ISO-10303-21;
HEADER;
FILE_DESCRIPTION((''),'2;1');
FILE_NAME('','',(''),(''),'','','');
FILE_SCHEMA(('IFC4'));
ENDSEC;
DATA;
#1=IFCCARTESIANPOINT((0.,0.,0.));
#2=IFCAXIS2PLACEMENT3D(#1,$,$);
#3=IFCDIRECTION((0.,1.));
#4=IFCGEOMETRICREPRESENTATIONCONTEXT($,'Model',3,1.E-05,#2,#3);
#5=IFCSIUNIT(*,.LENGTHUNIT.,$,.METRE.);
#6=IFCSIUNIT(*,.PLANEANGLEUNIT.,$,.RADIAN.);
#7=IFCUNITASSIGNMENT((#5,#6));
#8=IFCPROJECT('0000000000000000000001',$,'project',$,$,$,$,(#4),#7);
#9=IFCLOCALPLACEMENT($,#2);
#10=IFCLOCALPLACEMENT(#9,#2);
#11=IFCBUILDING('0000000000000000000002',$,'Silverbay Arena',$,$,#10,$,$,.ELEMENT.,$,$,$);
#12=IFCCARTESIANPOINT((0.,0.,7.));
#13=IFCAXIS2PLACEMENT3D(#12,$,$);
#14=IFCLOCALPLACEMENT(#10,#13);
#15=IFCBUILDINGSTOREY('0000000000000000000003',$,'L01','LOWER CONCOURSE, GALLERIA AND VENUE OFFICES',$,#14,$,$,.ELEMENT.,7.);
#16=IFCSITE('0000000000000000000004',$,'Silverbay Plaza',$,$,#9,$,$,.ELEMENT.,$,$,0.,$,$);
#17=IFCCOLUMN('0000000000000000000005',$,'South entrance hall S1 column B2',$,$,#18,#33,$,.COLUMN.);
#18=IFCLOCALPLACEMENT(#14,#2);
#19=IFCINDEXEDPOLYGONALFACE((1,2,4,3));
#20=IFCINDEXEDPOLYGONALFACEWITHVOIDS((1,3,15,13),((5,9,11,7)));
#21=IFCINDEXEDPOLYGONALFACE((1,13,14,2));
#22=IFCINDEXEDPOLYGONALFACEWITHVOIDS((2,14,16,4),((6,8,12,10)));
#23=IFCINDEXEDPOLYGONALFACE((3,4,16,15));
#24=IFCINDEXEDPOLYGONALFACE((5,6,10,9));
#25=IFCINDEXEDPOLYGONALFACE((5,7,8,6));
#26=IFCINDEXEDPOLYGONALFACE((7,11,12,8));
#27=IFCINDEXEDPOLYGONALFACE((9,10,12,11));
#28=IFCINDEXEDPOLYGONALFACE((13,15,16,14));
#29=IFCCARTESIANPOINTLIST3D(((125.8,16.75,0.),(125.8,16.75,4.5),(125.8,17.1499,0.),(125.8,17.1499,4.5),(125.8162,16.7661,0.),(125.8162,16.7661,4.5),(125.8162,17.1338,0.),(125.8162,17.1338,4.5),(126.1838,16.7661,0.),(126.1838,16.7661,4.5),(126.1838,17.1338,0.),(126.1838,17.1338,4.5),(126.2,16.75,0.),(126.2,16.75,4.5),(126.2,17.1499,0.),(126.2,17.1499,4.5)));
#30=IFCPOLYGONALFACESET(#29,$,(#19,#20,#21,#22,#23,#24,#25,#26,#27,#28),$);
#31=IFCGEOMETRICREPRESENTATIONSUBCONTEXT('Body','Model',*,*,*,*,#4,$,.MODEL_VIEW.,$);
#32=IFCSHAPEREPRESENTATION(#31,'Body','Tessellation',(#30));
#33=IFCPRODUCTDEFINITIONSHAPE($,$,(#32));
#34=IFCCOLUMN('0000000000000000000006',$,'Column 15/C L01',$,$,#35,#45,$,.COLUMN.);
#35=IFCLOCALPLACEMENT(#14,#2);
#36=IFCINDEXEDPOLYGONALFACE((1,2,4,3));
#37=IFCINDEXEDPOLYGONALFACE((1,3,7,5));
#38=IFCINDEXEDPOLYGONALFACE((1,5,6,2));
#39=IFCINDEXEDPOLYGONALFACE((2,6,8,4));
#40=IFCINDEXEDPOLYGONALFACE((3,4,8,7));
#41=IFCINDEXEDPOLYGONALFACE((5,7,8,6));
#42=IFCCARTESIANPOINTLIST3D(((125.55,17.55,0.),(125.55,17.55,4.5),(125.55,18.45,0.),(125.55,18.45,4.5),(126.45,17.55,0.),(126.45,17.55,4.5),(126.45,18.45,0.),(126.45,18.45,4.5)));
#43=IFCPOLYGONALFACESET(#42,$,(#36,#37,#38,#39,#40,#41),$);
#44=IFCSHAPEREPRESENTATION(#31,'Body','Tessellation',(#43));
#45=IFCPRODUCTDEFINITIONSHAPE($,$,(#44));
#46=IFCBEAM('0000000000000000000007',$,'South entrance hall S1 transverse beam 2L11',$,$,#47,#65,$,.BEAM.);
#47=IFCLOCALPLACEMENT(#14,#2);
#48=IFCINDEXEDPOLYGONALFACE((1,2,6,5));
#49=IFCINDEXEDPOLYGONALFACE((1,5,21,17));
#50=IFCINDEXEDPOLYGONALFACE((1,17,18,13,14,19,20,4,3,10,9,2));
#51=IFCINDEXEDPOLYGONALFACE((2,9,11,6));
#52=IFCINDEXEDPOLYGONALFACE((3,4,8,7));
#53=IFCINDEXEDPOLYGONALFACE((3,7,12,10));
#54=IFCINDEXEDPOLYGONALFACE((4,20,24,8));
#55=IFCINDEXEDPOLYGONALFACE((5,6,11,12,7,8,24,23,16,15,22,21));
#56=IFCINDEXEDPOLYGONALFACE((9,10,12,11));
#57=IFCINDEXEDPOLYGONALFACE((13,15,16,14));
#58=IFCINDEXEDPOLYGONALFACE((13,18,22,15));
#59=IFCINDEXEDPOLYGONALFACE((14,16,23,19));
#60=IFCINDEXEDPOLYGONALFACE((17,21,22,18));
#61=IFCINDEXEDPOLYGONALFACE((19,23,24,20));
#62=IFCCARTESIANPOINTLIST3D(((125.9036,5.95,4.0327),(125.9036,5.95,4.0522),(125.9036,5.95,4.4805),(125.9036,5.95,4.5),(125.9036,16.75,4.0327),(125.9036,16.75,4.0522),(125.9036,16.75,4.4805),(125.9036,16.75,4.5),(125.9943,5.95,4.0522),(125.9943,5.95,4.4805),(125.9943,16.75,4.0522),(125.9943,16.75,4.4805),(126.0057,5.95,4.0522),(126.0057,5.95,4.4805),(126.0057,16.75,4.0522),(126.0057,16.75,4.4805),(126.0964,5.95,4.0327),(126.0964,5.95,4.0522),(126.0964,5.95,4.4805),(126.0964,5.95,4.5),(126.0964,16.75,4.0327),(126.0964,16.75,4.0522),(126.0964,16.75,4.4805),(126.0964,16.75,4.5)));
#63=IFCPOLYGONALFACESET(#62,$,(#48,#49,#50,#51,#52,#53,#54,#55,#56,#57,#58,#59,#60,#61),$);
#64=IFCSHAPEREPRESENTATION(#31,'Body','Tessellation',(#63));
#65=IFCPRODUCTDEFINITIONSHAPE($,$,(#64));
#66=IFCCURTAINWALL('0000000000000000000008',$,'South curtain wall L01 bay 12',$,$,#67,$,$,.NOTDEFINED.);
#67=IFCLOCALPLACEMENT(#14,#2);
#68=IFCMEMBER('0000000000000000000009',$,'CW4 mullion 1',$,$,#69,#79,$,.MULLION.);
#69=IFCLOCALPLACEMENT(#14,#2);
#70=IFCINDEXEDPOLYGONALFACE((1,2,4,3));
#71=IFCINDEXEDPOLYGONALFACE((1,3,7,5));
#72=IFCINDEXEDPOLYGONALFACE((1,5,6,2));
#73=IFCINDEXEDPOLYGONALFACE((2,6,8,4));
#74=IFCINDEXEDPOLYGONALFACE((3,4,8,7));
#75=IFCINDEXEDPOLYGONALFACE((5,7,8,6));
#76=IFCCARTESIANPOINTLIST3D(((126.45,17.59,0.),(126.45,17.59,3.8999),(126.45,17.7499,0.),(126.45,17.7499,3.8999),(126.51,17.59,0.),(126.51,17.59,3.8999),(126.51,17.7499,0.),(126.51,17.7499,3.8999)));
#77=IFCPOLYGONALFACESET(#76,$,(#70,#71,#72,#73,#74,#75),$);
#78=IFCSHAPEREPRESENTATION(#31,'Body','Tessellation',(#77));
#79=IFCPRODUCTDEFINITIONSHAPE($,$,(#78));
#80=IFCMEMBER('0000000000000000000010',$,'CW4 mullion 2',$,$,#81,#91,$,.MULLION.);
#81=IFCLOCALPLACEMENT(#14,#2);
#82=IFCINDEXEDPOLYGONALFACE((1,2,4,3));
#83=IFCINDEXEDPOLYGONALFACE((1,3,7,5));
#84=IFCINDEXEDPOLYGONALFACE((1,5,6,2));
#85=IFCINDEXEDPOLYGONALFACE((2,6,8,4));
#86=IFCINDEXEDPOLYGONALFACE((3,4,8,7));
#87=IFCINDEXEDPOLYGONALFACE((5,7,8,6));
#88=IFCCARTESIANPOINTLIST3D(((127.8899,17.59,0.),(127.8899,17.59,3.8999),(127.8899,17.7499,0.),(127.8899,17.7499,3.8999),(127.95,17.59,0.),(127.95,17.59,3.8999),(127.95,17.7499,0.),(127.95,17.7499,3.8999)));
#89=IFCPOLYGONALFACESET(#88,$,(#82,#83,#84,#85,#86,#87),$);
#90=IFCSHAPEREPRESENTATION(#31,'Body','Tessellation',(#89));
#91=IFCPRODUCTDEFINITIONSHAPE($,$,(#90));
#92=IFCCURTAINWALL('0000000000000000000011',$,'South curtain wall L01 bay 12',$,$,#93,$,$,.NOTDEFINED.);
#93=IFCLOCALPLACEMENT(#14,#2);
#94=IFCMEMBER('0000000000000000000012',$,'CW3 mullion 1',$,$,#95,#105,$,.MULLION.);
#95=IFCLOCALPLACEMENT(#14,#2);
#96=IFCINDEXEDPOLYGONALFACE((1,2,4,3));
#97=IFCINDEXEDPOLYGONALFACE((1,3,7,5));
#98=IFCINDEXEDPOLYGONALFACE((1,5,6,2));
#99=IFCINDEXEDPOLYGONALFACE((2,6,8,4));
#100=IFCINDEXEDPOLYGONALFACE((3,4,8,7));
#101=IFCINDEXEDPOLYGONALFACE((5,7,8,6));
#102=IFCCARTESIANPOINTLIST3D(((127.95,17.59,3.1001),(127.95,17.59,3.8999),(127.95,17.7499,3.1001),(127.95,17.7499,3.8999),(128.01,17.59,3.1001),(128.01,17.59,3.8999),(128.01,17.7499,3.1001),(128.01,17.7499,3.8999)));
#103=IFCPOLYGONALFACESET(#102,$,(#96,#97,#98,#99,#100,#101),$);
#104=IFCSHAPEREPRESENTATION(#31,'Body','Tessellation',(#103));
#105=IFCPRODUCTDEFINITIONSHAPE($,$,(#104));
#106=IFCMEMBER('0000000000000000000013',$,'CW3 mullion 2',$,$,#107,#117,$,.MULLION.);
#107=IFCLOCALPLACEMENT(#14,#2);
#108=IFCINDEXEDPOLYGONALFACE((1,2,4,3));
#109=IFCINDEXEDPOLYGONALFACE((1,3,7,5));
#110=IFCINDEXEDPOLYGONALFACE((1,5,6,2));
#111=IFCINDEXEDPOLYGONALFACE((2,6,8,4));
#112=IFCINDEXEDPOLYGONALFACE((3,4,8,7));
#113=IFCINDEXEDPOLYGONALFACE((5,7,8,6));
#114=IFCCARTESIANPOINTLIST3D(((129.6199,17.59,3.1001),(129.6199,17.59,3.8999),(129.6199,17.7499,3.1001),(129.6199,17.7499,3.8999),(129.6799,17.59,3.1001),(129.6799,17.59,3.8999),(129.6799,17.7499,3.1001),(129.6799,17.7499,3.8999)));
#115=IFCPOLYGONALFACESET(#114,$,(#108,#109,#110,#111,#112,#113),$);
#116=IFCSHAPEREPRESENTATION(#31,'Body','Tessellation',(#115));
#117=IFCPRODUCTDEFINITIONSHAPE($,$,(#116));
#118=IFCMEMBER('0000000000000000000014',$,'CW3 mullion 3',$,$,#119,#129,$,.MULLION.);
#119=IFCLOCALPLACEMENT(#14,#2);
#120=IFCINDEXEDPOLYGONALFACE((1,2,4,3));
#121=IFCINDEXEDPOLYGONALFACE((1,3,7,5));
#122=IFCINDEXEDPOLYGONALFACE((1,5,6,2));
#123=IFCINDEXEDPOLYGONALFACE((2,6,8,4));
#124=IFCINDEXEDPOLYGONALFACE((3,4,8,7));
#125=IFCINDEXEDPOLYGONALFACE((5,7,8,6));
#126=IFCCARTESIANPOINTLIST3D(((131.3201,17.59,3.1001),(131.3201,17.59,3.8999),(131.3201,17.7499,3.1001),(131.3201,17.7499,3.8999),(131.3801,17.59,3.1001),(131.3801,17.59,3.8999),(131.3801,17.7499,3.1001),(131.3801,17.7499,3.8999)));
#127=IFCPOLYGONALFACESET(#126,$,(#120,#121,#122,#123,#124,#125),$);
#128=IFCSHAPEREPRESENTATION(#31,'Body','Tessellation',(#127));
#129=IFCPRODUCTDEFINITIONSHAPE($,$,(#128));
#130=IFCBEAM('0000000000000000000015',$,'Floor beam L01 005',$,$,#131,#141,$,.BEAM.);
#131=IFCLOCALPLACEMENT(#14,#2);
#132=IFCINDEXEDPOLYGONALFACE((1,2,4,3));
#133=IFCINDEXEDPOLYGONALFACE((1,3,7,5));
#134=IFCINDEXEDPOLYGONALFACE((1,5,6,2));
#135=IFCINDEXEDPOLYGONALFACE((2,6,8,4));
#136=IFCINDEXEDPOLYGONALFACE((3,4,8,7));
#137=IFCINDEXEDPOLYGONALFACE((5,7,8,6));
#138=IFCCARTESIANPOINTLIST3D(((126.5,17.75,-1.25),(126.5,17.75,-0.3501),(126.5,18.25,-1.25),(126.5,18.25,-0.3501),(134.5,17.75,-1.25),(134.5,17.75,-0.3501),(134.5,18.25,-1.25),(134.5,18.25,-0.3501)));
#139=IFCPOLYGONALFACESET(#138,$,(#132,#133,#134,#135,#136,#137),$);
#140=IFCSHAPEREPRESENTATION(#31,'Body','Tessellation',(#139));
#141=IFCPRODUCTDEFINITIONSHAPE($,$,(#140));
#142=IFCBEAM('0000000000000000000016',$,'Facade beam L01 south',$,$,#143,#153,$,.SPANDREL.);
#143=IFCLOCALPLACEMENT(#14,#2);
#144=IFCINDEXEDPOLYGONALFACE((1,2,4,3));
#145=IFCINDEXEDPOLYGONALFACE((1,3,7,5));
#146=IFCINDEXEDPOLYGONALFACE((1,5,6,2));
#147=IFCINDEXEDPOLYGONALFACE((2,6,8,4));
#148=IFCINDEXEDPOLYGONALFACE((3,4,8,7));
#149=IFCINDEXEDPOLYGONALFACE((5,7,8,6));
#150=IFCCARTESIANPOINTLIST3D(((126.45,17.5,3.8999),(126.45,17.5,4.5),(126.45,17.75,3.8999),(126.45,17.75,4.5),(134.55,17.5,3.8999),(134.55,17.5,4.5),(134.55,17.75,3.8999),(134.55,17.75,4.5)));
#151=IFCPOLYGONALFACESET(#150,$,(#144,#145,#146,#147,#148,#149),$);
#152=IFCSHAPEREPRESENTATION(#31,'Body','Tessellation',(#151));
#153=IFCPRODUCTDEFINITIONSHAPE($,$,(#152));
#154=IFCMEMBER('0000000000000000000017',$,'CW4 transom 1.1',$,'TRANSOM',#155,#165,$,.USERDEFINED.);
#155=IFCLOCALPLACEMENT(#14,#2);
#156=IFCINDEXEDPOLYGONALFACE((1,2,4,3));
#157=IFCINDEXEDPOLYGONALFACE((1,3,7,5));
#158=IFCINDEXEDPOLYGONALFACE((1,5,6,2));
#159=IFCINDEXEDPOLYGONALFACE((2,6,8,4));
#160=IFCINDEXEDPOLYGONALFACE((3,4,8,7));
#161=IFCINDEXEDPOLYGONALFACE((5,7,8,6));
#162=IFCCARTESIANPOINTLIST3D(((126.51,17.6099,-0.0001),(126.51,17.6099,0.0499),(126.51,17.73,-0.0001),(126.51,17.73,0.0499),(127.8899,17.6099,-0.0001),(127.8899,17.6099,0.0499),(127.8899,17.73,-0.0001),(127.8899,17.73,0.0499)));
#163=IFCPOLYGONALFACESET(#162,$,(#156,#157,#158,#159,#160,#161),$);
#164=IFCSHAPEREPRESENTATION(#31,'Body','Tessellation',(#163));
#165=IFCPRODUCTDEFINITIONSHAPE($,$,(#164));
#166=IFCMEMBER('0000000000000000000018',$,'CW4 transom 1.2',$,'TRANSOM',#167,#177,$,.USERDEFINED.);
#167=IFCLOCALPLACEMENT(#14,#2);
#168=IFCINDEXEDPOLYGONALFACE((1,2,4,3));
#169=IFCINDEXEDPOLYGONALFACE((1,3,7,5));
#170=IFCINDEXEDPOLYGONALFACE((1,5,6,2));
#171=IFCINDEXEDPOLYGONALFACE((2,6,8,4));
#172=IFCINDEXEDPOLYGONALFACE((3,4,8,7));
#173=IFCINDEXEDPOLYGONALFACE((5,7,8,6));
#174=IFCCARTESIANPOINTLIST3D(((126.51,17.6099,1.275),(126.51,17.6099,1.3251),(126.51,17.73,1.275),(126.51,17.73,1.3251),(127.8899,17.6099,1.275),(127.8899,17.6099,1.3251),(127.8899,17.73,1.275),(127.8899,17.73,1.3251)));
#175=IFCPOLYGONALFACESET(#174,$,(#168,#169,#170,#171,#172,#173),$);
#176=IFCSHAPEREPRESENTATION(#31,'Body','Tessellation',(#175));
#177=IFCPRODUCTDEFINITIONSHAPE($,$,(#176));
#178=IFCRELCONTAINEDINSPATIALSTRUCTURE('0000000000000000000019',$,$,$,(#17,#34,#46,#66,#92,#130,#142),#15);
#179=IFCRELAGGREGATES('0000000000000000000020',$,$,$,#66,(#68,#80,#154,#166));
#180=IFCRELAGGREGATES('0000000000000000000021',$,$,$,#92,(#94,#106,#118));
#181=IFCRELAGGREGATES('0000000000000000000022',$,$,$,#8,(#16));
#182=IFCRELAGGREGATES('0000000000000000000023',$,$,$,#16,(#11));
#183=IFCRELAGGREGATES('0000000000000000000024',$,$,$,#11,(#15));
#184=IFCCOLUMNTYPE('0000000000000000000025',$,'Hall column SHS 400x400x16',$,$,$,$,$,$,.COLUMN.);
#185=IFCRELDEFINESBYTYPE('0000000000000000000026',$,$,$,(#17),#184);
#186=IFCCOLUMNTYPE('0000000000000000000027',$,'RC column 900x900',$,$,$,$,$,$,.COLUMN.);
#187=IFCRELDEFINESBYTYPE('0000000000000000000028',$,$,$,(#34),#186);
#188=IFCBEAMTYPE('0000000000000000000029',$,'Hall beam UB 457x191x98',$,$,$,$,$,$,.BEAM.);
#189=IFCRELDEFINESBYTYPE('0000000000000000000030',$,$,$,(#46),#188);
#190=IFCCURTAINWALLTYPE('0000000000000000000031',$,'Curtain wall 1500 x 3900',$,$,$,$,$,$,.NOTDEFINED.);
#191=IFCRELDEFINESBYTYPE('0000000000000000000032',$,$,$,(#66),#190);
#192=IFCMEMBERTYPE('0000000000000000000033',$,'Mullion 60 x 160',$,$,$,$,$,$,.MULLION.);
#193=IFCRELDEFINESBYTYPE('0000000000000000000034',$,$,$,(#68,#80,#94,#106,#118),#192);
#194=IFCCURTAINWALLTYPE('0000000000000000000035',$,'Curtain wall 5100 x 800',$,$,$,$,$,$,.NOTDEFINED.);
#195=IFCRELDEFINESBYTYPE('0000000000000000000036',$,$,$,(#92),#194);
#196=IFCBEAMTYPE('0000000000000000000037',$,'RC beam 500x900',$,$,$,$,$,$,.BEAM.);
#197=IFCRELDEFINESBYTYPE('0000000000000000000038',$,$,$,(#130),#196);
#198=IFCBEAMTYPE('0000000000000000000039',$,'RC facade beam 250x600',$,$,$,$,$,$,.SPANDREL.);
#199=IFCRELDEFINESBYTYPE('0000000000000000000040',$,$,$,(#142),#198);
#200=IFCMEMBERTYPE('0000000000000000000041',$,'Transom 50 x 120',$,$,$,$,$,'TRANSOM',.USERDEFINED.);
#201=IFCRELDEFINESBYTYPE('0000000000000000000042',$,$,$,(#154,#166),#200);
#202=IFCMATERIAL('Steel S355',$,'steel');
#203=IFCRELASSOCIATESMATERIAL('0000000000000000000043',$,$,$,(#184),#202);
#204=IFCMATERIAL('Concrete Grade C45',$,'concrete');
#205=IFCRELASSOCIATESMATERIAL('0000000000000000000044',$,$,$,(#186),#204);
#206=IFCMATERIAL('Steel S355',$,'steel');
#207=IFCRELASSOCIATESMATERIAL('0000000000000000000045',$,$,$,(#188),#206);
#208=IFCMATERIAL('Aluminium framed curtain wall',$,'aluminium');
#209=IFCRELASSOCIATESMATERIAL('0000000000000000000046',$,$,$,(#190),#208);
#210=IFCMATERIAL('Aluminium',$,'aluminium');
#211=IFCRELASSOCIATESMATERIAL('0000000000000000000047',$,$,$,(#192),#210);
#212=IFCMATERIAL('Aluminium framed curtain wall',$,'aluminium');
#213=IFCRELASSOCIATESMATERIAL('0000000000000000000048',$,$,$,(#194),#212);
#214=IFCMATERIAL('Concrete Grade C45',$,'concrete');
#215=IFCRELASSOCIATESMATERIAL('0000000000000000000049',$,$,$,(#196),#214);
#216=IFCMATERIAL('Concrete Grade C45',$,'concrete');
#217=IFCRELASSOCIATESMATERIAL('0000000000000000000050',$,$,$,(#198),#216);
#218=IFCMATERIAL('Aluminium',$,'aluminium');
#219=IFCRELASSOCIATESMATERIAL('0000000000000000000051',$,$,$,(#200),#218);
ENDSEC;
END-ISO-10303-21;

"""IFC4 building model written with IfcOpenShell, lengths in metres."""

from ifc_helpers import new_model, si_unit, direction, frame, origin, origin_2d, place, context, subcontext, project, spatial, rectangle, hollow_rectangle, i_section, extrude, material, material_profile, profile_set, type_object, element, aggregate, save


model = new_model("IFC4")

# Units and contexts
model_context = context("Model", 3, precision=1e-05, world=origin(), true_north=direction((0.0, 1.0)))
body_context = subcontext(model_context, "Body", "Model", "MODEL_VIEW")
ifc_project = project(units=[si_unit("LENGTHUNIT", "METRE"), si_unit("PLANEANGLEUNIT", "RADIAN")], contexts=[model_context])

# Site, building, storey
site_placement = place(None, origin())
site = spatial("IfcSite", under=ifc_project, at=site_placement, Name="Silverbay Plaza", CompositionType="ELEMENT", RefElevation=0.0)
building_placement = place(site_placement, origin())
building = spatial("IfcBuilding", under=site, at=building_placement, Name="Silverbay Arena", CompositionType="ELEMENT")
storey_placement = place(building_placement, frame((0.0, 0.0, 7.0)))
storey = spatial("IfcBuildingStorey", under=building, at=storey_placement, Name="L01", Description="LOWER CONCOURSE, GALLERIA AND VENUE OFFICES", CompositionType="ELEMENT", Elevation=7.0)

# Columns
ifc_material_1 = material(Name="Steel S355", Category="steel")
ifc_material_profile_1 = material_profile(ifc_material_1, hollow_rectangle(XDim=0.3999, YDim=0.3999, WallThickness=0.0161, at=origin_2d()), Name="SHS 400x400x16")
ifc_profile_set_1 = profile_set([ifc_material_profile_1], Name="Steel S355")
column_type_1 = type_object("IfcColumnType", Name="Hall column SHS 400x400x16", PredefinedType="COLUMN", material=ifc_profile_set_1)
column_1_placement = place(storey_placement, frame((126.0, 16.95, 0.0), z_axis=(0.0, 0.0, 1.0), x_axis=(1.0, 0.0, 0.0)))
element("IfcColumn", 1, at=column_1_placement, inside=storey, type_object=column_type_1, Name="South entrance hall S1 column B2", PredefinedType="COLUMN", context=body_context, shape_type="SweptSolid", body=[
    extrude(hollow_rectangle(XDim=0.3999, YDim=0.3999, WallThickness=0.0161, at=origin_2d()), origin(), (0.0, 0.0, 1.0), 4.5),
])
ifc_material_2 = material(Name="Concrete Grade C45", Category="concrete")
ifc_material_profile_2 = material_profile(ifc_material_2, rectangle(XDim=0.8999, YDim=0.8999, at=origin_2d()), Name="RC 900x900")
ifc_profile_set_2 = profile_set([ifc_material_profile_2], Name="Concrete Grade C45")
column_type_2 = type_object("IfcColumnType", Name="RC column 900x900", PredefinedType="COLUMN", material=ifc_profile_set_2)
column_2_placement = place(storey_placement, frame((126.0, 18.0, 0.0), z_axis=(0.0, 0.0, 1.0), x_axis=(1.0, 0.0, 0.0)))
element("IfcColumn", 2, at=column_2_placement, inside=storey, type_object=column_type_2, Name="Column 15/C L01", PredefinedType="COLUMN", context=body_context, shape_type="SweptSolid", body=[
    extrude(rectangle(XDim=0.8999, YDim=0.8999, at=origin_2d()), origin(), (0.0, 0.0, 1.0), 4.5),
])

# Beam
ifc_material_3 = material(Name="Steel S355", Category="steel")
ifc_material_profile_3 = material_profile(ifc_material_3, i_section(OverallWidth=0.1929, OverallDepth=0.4673, WebThickness=0.0115, FlangeThickness=0.0195, at=origin_2d()), Name="UB 457x191x98")
ifc_profile_set_3 = profile_set([ifc_material_profile_3], Name="Steel S355")
beam_type_1 = type_object("IfcBeamType", Name="Hall beam UB 457x191x98", PredefinedType="BEAM", material=ifc_profile_set_3)
beam_1_placement = place(storey_placement, frame((126.0, 16.75, 4.2664), z_axis=(0.0, -1.0, 0.0), x_axis=(1.0, 0.0, 0.0)))
element("IfcBeam", 3, at=beam_1_placement, inside=storey, type_object=beam_type_1, Name="South entrance hall S1 transverse beam 2L11", PredefinedType="BEAM", context=body_context, shape_type="SweptSolid", body=[
    extrude(i_section(OverallWidth=0.1929, OverallDepth=0.4673, WebThickness=0.0115, FlangeThickness=0.0195, at=origin_2d()), origin(), (0.0, 0.0, 1.0), 10.8),
])

# Curtain walls, members
ifc_material_4 = material(Name="Aluminium framed curtain wall", Category="aluminium")
curtain_wall_type_1 = type_object("IfcCurtainWallType", Name="Curtain wall 1500 x 3900", PredefinedType="NOTDEFINED", material=ifc_material_4)
curtain_wall_1_placement = place(storey_placement, origin())
curtain_wall_1 = element("IfcCurtainWall", 4, at=curtain_wall_1_placement, inside=storey, type_object=curtain_wall_type_1, Name="South curtain wall L01 bay 12", PredefinedType="NOTDEFINED")
ifc_material_5 = material(Name="Aluminium", Category="aluminium")
ifc_material_profile_4 = material_profile(ifc_material_5, rectangle(XDim=0.1599, YDim=0.0601, at=origin_2d()), Name="Mullion 60 x 160")
ifc_profile_set_4 = profile_set([ifc_material_profile_4], Name="Aluminium")
member_type_1 = type_object("IfcMemberType", Name="Mullion 60 x 160", PredefinedType="MULLION", material=ifc_profile_set_4)
member_1_placement = place(storey_placement, frame((126.48, 17.6699, 0.0), z_axis=(0.0, 0.0, 1.0), x_axis=(0.0, 1.0, 0.0)))
member_1 = element("IfcMember", 5, at=member_1_placement, type_object=member_type_1, Name="CW4 mullion 1", PredefinedType="MULLION", context=body_context, shape_type="SweptSolid", body=[
    extrude(rectangle(XDim=0.1599, YDim=0.0601, at=origin_2d()), origin(), (0.0, 0.0, 1.0), 3.8999),
])
member_2_placement = place(storey_placement, frame((127.9199, 17.6699, 0.0), z_axis=(0.0, 0.0, 1.0), x_axis=(0.0, 1.0, 0.0)))
member_2 = element("IfcMember", 6, at=member_2_placement, type_object=member_type_1, Name="CW4 mullion 2", PredefinedType="MULLION", context=body_context, shape_type="SweptSolid", body=[
    extrude(rectangle(XDim=0.1599, YDim=0.0601, at=origin_2d()), origin(), (0.0, 0.0, 1.0), 3.8999),
])
ifc_material_6 = material(Name="Aluminium framed curtain wall", Category="aluminium")
curtain_wall_type_2 = type_object("IfcCurtainWallType", Name="Curtain wall 5100 x 800", PredefinedType="NOTDEFINED", material=ifc_material_6)
curtain_wall_2_placement = place(storey_placement, origin())
curtain_wall_2 = element("IfcCurtainWall", 7, at=curtain_wall_2_placement, inside=storey, type_object=curtain_wall_type_2, Name="South curtain wall L01 bay 12", PredefinedType="NOTDEFINED")
member_3_placement = place(storey_placement, frame((127.98, 17.6699, 3.1001), z_axis=(0.0, 0.0, 1.0), x_axis=(0.0, 1.0, 0.0)))
member_3 = element("IfcMember", 8, at=member_3_placement, type_object=member_type_1, Name="CW3 mullion 1", PredefinedType="MULLION", context=body_context, shape_type="SweptSolid", body=[
    extrude(rectangle(XDim=0.1599, YDim=0.0601, at=origin_2d()), origin(), (0.0, 0.0, 1.0), 0.7998),
])
member_4_placement = place(storey_placement, frame((129.6499, 17.6699, 3.1001), z_axis=(0.0, 0.0, 1.0), x_axis=(0.0, 1.0, 0.0)))
member_4 = element("IfcMember", 9, at=member_4_placement, type_object=member_type_1, Name="CW3 mullion 2", PredefinedType="MULLION", context=body_context, shape_type="SweptSolid", body=[
    extrude(rectangle(XDim=0.1599, YDim=0.0601, at=origin_2d()), origin(), (0.0, 0.0, 1.0), 0.7998),
])
member_5_placement = place(storey_placement, frame((131.3501, 17.6699, 3.1001), z_axis=(0.0, 0.0, 1.0), x_axis=(0.0, 1.0, 0.0)))
member_5 = element("IfcMember", 10, at=member_5_placement, type_object=member_type_1, Name="CW3 mullion 3", PredefinedType="MULLION", context=body_context, shape_type="SweptSolid", body=[
    extrude(rectangle(XDim=0.1599, YDim=0.0601, at=origin_2d()), origin(), (0.0, 0.0, 1.0), 0.7998),
])

# Beams
ifc_material_7 = material(Name="Concrete Grade C45", Category="concrete")
ifc_material_profile_5 = material_profile(ifc_material_7, rectangle(XDim=0.5, YDim=0.8999, at=origin_2d()), Name="RC 500x900")
ifc_profile_set_5 = profile_set([ifc_material_profile_5], Name="Concrete Grade C45")
beam_type_2 = type_object("IfcBeamType", Name="RC beam 500x900", PredefinedType="BEAM", material=ifc_profile_set_5)
beam_2_placement = place(storey_placement, frame((126.5, 18.0, -0.8), z_axis=(1.0, 0.0, 0.0), x_axis=(0.0, 1.0, 0.0)))
element("IfcBeam", 11, at=beam_2_placement, inside=storey, type_object=beam_type_2, Name="Floor beam L01 005", PredefinedType="BEAM", context=body_context, shape_type="SweptSolid", body=[
    extrude(rectangle(XDim=0.5, YDim=0.8999, at=origin_2d()), origin(), (0.0, 0.0, 1.0), 8.0),
])
ifc_material_8 = material(Name="Concrete Grade C45", Category="concrete")
ifc_material_profile_6 = material_profile(ifc_material_8, rectangle(XDim=0.25, YDim=0.6001, at=origin_2d()), Name="RC 250x600")
ifc_profile_set_6 = profile_set([ifc_material_profile_6], Name="Concrete Grade C45")
beam_type_3 = type_object("IfcBeamType", Name="RC facade beam 250x600", PredefinedType="SPANDREL", material=ifc_profile_set_6)
beam_3_placement = place(storey_placement, frame((126.45, 17.625, 4.2), z_axis=(1.0, 0.0, 0.0), x_axis=(0.0, 1.0, 0.0)))
element("IfcBeam", 12, at=beam_3_placement, inside=storey, type_object=beam_type_3, Name="Facade beam L01 south", PredefinedType="SPANDREL", context=body_context, shape_type="SweptSolid", body=[
    extrude(rectangle(XDim=0.25, YDim=0.6001, at=origin_2d()), origin(), (0.0, 0.0, 1.0), 8.1001),
])

# Members
ifc_material_9 = material(Name="Aluminium", Category="aluminium")
ifc_material_profile_7 = material_profile(ifc_material_9, rectangle(XDim=0.1201, YDim=0.05, at=origin_2d()), Name="Transom 50 x 120")
ifc_profile_set_7 = profile_set([ifc_material_profile_7], Name="Aluminium")
member_type_2 = type_object("IfcMemberType", Name="Transom 50 x 120", ElementType="TRANSOM", PredefinedType="USERDEFINED", material=ifc_profile_set_7)
member_6_placement = place(storey_placement, frame((126.51, 17.6699, 0.0249), z_axis=(1.0, 0.0, 0.0), x_axis=(0.0, 1.0, 0.0)))
member_6 = element("IfcMember", 13, at=member_6_placement, type_object=member_type_2, Name="CW4 transom 1.1", ObjectType="TRANSOM", PredefinedType="USERDEFINED", context=body_context, shape_type="SweptSolid", body=[
    extrude(rectangle(XDim=0.1201, YDim=0.05, at=origin_2d()), origin(), (0.0, 0.0, 1.0), 1.3799),
])
member_7_placement = place(storey_placement, frame((126.51, 17.6699, 1.3), z_axis=(1.0, 0.0, 0.0), x_axis=(0.0, 1.0, 0.0)))
member_7 = element("IfcMember", 14, at=member_7_placement, type_object=member_type_2, Name="CW4 transom 1.2", ObjectType="TRANSOM", PredefinedType="USERDEFINED", context=body_context, shape_type="SweptSolid", body=[
    extrude(rectangle(XDim=0.1201, YDim=0.05, at=origin_2d()), origin(), (0.0, 0.0, 1.0), 1.3799),
])

aggregate(curtain_wall_1, [member_1, member_2, member_6, member_7])
aggregate(curtain_wall_2, [member_3, member_4, member_5])

save(model, "model.ifc")
